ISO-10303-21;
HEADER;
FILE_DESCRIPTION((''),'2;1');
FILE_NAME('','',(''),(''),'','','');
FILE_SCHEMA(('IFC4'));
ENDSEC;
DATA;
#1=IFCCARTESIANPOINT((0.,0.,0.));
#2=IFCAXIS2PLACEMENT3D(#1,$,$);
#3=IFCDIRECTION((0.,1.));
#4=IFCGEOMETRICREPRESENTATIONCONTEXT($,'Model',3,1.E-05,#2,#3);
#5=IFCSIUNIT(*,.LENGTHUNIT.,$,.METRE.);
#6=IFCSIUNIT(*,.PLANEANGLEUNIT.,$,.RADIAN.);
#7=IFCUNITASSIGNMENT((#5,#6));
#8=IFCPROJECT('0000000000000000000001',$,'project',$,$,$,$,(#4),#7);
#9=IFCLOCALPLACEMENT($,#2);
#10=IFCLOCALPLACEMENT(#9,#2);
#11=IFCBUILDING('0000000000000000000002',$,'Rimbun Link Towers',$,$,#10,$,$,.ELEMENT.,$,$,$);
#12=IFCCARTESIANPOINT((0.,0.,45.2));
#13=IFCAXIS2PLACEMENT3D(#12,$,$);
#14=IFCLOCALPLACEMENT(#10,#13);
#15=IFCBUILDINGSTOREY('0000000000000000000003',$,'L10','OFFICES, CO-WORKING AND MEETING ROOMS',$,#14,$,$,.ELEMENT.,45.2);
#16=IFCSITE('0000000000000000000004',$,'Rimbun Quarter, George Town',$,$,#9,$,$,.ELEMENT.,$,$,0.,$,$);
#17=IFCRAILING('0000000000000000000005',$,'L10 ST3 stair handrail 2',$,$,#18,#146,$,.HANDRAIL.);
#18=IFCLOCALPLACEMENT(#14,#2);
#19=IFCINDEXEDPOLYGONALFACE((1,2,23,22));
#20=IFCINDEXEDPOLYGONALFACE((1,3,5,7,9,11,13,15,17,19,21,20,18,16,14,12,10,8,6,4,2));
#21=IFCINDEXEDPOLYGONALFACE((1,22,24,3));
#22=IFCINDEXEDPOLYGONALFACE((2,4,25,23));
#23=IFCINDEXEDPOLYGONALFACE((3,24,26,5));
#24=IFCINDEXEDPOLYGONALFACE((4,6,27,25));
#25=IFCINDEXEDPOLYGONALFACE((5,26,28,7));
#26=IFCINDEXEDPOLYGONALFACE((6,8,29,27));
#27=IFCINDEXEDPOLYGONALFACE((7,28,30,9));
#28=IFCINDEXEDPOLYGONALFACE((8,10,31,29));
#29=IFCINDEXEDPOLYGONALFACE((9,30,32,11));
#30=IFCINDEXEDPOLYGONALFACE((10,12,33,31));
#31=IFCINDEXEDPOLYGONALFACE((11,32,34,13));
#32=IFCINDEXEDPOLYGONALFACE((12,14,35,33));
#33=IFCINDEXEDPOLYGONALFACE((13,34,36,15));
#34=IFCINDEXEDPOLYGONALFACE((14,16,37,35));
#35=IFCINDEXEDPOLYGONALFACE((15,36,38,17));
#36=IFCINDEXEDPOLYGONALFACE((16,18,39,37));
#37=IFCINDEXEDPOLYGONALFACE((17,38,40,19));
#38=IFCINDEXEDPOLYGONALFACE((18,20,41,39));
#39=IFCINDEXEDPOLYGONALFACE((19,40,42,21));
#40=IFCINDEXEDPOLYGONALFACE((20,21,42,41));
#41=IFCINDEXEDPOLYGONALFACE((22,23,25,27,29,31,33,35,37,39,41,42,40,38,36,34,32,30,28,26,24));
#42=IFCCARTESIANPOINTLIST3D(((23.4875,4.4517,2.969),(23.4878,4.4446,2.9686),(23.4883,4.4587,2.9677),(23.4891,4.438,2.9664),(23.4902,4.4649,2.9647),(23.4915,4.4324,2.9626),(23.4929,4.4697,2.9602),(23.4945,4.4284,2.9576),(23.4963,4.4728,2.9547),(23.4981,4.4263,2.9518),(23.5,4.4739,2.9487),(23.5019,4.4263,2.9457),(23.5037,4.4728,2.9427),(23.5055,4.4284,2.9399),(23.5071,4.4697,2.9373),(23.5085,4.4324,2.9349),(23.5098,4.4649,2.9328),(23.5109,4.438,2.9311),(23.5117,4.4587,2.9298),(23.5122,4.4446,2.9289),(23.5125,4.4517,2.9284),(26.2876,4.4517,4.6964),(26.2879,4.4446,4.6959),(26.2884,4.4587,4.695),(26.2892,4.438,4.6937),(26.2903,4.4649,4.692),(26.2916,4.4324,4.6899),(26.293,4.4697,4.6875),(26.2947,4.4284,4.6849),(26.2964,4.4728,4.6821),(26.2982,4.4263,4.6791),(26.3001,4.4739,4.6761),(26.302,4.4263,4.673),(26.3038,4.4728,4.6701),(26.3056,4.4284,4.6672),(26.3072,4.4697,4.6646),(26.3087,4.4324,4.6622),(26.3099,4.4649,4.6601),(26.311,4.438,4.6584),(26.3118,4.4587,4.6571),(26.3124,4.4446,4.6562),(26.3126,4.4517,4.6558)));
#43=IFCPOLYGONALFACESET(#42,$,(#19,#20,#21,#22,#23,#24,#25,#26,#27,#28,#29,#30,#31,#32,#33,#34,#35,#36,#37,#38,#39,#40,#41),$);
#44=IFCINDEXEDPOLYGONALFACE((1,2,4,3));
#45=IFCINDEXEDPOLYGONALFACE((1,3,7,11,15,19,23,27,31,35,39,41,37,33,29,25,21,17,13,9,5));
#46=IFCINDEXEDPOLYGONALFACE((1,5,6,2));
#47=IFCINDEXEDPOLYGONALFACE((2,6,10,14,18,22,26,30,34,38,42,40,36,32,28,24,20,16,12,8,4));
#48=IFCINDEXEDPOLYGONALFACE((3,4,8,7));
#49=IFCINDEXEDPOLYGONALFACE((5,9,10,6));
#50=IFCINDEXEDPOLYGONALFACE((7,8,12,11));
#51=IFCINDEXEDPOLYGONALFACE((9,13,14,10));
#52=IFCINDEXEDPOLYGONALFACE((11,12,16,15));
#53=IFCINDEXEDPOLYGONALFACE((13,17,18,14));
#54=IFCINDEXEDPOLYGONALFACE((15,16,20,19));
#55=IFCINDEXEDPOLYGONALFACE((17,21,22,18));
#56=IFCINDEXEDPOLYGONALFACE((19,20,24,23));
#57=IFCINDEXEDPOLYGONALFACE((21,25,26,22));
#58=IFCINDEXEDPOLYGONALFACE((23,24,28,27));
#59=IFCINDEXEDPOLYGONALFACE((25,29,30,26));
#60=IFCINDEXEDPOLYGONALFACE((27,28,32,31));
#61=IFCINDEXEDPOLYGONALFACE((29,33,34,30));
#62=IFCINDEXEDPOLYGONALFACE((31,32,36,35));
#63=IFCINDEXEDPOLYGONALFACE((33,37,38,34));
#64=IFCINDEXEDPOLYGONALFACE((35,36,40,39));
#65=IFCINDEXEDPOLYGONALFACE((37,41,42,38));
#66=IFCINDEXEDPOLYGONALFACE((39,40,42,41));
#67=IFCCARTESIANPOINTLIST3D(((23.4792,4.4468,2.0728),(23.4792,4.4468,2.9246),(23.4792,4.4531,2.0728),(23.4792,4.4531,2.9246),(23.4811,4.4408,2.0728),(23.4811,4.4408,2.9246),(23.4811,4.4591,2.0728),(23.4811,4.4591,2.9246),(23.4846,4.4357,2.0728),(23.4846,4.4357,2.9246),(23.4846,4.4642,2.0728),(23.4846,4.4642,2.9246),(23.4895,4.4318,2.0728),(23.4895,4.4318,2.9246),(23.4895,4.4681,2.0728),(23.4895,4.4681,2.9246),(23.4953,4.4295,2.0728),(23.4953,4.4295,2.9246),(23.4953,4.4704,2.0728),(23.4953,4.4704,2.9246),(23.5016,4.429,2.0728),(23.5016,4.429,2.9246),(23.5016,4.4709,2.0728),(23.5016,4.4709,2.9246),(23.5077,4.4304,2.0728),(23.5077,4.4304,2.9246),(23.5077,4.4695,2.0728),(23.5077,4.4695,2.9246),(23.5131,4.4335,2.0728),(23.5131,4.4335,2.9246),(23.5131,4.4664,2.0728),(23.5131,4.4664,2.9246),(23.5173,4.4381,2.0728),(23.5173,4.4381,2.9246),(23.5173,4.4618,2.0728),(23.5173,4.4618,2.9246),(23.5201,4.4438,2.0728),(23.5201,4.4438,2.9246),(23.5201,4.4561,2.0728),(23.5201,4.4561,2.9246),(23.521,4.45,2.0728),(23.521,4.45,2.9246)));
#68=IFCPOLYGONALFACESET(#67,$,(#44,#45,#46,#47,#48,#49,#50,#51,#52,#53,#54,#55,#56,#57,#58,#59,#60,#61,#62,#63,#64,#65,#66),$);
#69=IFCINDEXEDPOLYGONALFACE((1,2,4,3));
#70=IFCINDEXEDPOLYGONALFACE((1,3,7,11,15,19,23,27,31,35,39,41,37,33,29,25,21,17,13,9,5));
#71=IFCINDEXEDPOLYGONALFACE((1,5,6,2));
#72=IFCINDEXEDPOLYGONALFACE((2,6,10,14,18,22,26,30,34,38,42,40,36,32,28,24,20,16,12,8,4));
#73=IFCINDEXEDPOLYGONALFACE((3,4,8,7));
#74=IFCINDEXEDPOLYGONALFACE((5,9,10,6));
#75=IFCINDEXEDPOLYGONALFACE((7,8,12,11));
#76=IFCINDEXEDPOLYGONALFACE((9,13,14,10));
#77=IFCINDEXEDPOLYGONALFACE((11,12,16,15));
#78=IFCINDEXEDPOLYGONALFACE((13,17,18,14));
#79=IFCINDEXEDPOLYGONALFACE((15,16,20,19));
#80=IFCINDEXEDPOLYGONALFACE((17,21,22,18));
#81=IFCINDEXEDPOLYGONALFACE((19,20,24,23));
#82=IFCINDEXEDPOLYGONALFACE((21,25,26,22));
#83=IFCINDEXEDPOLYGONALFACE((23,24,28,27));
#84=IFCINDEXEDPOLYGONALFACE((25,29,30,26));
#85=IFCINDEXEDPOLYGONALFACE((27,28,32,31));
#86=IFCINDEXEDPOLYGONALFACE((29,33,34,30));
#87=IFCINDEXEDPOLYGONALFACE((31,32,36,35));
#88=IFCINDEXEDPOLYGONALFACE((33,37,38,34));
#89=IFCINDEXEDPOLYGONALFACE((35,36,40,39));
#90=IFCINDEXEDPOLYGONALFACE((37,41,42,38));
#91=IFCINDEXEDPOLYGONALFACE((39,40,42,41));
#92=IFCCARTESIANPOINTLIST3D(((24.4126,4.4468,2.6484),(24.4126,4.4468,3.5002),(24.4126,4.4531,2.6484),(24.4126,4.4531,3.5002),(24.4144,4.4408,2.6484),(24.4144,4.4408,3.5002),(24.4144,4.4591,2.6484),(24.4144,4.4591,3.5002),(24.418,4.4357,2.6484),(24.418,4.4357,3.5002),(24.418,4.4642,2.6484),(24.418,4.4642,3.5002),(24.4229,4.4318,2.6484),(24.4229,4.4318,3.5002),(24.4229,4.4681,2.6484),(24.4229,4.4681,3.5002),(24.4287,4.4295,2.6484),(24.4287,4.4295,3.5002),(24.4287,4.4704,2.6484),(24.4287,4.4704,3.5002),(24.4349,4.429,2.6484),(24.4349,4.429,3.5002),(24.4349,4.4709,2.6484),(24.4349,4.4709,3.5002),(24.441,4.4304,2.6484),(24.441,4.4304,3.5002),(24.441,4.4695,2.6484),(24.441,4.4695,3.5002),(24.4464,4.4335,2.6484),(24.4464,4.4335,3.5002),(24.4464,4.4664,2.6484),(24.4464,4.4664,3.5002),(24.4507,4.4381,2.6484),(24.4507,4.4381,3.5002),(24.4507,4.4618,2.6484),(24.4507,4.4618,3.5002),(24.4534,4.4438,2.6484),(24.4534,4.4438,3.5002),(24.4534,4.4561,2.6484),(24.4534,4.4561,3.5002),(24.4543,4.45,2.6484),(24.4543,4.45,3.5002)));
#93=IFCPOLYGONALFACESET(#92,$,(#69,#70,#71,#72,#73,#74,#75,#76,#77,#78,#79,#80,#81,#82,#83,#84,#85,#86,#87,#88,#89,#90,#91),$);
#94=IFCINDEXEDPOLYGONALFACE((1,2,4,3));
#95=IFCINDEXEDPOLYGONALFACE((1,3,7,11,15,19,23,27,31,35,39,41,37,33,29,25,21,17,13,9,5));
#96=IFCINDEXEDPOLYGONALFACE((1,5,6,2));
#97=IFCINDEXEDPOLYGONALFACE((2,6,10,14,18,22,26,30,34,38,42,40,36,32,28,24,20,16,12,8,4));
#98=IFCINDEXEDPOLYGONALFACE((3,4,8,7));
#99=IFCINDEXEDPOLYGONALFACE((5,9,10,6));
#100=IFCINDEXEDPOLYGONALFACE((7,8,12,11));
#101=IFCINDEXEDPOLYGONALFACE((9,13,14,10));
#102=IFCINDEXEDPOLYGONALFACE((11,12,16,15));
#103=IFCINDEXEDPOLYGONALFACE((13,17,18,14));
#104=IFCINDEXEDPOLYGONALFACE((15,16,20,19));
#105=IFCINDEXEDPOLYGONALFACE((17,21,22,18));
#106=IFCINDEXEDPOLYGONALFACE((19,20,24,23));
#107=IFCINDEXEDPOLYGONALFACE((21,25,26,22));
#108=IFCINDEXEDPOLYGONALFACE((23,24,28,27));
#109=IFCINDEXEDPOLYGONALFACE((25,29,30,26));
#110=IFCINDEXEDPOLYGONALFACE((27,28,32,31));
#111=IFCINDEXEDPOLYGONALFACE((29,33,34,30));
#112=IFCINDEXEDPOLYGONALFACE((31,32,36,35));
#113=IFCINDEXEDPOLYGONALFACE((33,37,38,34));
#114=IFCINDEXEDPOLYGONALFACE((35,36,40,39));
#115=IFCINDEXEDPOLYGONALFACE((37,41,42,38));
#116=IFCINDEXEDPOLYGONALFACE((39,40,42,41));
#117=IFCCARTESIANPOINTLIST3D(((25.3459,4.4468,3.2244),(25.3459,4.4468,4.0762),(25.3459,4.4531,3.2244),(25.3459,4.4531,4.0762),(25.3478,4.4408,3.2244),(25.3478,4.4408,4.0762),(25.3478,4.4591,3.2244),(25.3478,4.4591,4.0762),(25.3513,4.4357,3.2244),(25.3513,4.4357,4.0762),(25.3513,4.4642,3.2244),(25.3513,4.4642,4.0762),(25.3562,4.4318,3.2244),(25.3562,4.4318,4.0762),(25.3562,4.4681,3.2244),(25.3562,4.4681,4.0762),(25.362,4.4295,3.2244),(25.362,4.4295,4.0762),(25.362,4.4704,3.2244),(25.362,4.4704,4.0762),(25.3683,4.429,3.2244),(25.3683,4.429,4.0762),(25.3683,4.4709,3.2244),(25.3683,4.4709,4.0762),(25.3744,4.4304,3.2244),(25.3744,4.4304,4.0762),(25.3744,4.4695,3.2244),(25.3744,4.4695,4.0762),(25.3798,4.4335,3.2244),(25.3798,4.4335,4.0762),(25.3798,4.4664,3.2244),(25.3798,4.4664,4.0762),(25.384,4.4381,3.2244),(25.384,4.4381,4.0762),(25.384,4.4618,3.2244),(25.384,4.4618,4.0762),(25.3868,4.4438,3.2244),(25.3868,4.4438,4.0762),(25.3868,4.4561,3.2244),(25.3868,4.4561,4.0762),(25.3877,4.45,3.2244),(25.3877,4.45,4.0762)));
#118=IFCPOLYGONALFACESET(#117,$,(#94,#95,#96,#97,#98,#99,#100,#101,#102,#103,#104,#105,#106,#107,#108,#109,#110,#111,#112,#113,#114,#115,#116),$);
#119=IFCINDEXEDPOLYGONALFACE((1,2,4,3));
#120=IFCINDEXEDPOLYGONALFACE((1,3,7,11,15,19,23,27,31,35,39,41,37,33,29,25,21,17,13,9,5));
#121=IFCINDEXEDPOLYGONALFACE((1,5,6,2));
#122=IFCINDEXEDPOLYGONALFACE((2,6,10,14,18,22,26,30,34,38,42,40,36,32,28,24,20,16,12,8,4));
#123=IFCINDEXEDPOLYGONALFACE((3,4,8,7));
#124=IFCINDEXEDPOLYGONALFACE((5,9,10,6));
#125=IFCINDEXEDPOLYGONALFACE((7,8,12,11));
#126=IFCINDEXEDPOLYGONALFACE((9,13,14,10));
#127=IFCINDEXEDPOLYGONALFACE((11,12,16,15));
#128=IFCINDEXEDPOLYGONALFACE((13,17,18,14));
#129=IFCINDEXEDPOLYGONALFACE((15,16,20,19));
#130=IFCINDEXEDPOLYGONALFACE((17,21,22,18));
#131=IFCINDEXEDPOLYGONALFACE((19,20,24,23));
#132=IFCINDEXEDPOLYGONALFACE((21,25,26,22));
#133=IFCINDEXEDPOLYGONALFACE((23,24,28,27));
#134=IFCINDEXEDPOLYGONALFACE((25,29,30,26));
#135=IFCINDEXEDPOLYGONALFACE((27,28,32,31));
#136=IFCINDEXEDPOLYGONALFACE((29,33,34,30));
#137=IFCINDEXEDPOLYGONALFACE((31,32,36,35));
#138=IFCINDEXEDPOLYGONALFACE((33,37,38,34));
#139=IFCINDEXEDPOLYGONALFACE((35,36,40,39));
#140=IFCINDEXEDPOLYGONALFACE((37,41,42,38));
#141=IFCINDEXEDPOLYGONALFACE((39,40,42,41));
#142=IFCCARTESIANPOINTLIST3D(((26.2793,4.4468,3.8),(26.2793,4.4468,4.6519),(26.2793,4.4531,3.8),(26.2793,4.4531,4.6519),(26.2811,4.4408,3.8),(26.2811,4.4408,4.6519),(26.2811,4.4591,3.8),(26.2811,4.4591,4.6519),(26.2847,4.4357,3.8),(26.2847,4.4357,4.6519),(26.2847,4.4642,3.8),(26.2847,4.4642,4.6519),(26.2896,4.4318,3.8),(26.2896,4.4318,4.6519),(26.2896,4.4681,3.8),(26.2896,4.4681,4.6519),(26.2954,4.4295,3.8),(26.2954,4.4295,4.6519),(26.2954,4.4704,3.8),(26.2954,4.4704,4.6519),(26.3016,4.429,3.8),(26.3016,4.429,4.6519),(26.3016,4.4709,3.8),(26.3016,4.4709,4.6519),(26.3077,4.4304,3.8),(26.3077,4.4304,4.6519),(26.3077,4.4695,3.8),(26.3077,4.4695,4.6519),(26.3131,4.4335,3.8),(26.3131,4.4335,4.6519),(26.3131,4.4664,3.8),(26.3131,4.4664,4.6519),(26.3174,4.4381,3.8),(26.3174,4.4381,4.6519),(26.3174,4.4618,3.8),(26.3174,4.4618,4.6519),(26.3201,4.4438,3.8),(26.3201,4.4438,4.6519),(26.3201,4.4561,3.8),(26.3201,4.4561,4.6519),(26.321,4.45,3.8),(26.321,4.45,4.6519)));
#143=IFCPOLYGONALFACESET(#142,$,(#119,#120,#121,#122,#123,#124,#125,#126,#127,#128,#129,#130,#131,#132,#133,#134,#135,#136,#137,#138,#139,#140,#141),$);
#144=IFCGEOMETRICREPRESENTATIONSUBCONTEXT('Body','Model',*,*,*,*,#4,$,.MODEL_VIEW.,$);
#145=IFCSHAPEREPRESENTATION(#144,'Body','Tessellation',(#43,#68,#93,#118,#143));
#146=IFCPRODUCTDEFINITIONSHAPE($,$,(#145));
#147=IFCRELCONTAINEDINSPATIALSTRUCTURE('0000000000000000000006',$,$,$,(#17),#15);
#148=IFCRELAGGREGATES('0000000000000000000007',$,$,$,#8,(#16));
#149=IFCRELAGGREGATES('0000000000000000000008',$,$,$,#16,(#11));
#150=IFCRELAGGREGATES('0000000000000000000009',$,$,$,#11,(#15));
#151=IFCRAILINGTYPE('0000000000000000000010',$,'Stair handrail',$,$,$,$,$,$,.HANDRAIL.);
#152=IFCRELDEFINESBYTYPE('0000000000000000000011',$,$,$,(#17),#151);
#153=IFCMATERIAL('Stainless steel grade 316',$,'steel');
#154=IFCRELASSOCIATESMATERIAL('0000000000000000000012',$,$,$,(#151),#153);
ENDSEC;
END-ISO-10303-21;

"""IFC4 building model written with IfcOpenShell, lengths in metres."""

from ifc_helpers import new_model, si_unit, direction, frame, origin, origin_2d, place, context, subcontext, project, spatial, circle, extrude, material, type_object, element, save


model = new_model("IFC4")

# Units and contexts
model_context = context("Model", 3, precision=1e-05, world=origin(), true_north=direction((0.0, 1.0)))
body_context = subcontext(model_context, "Body", "Model", "MODEL_VIEW")
ifc_project = project(units=[si_unit("LENGTHUNIT", "METRE"), si_unit("PLANEANGLEUNIT", "RADIAN")], contexts=[model_context])

# Site, building, storey
site_placement = place(None, origin())
site = spatial("IfcSite", under=ifc_project, at=site_placement, Name="Rimbun Quarter, George Town", CompositionType="ELEMENT", RefElevation=0.0)
building_placement = place(site_placement, origin())
building = spatial("IfcBuilding", under=site, at=building_placement, Name="Rimbun Link Towers", CompositionType="ELEMENT")
storey_placement = place(building_placement, frame((0.0, 0.0, 45.2)))
storey = spatial("IfcBuildingStorey", under=building, at=storey_placement, Name="L10", Description="OFFICES, CO-WORKING AND MEETING ROOMS", CompositionType="ELEMENT", Elevation=45.2)

# Railing
ifc_material_1 = material(Name="Stainless steel grade 316", Category="steel")
railing_type_1 = type_object("IfcRailingType", Name="Stair handrail", PredefinedType="HANDRAIL", material=ifc_material_1)
railing_1_placement = place(storey_placement, frame((23.5, 4.45, 2.0728)))
element("IfcRailing", 1, at=railing_1_placement, inside=storey, type_object=railing_type_1, Name="L10 ST3 stair handrail 2", PredefinedType="HANDRAIL", context=body_context, shape_type="SweptSolid", body=[
    extrude(circle(Radius=0.0239, at=origin_2d()), frame((0.0, 0.0, 0.876), z_axis=(0.85109, 0.0, 0.52502), x_axis=(0.0, 1.0, 0.0)), (0.0, 0.0, 1.0), 3.29),
    extrude(circle(Radius=0.021, at=origin_2d()), origin(), (0.0, 0.0, 1.0), 0.8518),
    extrude(circle(Radius=0.021, at=origin_2d()), frame((0.9333, 0.0, 0.5757)), (0.0, 0.0, 1.0), 0.8518),
    extrude(circle(Radius=0.021, at=origin_2d()), frame((1.8667, 0.0, 1.1516)), (0.0, 0.0, 1.0), 0.8518),
    extrude(circle(Radius=0.021, at=origin_2d()), frame((2.8, 0.0, 1.7273)), (0.0, 0.0, 1.0), 0.8518),
])

save(model, "model.ifc")
